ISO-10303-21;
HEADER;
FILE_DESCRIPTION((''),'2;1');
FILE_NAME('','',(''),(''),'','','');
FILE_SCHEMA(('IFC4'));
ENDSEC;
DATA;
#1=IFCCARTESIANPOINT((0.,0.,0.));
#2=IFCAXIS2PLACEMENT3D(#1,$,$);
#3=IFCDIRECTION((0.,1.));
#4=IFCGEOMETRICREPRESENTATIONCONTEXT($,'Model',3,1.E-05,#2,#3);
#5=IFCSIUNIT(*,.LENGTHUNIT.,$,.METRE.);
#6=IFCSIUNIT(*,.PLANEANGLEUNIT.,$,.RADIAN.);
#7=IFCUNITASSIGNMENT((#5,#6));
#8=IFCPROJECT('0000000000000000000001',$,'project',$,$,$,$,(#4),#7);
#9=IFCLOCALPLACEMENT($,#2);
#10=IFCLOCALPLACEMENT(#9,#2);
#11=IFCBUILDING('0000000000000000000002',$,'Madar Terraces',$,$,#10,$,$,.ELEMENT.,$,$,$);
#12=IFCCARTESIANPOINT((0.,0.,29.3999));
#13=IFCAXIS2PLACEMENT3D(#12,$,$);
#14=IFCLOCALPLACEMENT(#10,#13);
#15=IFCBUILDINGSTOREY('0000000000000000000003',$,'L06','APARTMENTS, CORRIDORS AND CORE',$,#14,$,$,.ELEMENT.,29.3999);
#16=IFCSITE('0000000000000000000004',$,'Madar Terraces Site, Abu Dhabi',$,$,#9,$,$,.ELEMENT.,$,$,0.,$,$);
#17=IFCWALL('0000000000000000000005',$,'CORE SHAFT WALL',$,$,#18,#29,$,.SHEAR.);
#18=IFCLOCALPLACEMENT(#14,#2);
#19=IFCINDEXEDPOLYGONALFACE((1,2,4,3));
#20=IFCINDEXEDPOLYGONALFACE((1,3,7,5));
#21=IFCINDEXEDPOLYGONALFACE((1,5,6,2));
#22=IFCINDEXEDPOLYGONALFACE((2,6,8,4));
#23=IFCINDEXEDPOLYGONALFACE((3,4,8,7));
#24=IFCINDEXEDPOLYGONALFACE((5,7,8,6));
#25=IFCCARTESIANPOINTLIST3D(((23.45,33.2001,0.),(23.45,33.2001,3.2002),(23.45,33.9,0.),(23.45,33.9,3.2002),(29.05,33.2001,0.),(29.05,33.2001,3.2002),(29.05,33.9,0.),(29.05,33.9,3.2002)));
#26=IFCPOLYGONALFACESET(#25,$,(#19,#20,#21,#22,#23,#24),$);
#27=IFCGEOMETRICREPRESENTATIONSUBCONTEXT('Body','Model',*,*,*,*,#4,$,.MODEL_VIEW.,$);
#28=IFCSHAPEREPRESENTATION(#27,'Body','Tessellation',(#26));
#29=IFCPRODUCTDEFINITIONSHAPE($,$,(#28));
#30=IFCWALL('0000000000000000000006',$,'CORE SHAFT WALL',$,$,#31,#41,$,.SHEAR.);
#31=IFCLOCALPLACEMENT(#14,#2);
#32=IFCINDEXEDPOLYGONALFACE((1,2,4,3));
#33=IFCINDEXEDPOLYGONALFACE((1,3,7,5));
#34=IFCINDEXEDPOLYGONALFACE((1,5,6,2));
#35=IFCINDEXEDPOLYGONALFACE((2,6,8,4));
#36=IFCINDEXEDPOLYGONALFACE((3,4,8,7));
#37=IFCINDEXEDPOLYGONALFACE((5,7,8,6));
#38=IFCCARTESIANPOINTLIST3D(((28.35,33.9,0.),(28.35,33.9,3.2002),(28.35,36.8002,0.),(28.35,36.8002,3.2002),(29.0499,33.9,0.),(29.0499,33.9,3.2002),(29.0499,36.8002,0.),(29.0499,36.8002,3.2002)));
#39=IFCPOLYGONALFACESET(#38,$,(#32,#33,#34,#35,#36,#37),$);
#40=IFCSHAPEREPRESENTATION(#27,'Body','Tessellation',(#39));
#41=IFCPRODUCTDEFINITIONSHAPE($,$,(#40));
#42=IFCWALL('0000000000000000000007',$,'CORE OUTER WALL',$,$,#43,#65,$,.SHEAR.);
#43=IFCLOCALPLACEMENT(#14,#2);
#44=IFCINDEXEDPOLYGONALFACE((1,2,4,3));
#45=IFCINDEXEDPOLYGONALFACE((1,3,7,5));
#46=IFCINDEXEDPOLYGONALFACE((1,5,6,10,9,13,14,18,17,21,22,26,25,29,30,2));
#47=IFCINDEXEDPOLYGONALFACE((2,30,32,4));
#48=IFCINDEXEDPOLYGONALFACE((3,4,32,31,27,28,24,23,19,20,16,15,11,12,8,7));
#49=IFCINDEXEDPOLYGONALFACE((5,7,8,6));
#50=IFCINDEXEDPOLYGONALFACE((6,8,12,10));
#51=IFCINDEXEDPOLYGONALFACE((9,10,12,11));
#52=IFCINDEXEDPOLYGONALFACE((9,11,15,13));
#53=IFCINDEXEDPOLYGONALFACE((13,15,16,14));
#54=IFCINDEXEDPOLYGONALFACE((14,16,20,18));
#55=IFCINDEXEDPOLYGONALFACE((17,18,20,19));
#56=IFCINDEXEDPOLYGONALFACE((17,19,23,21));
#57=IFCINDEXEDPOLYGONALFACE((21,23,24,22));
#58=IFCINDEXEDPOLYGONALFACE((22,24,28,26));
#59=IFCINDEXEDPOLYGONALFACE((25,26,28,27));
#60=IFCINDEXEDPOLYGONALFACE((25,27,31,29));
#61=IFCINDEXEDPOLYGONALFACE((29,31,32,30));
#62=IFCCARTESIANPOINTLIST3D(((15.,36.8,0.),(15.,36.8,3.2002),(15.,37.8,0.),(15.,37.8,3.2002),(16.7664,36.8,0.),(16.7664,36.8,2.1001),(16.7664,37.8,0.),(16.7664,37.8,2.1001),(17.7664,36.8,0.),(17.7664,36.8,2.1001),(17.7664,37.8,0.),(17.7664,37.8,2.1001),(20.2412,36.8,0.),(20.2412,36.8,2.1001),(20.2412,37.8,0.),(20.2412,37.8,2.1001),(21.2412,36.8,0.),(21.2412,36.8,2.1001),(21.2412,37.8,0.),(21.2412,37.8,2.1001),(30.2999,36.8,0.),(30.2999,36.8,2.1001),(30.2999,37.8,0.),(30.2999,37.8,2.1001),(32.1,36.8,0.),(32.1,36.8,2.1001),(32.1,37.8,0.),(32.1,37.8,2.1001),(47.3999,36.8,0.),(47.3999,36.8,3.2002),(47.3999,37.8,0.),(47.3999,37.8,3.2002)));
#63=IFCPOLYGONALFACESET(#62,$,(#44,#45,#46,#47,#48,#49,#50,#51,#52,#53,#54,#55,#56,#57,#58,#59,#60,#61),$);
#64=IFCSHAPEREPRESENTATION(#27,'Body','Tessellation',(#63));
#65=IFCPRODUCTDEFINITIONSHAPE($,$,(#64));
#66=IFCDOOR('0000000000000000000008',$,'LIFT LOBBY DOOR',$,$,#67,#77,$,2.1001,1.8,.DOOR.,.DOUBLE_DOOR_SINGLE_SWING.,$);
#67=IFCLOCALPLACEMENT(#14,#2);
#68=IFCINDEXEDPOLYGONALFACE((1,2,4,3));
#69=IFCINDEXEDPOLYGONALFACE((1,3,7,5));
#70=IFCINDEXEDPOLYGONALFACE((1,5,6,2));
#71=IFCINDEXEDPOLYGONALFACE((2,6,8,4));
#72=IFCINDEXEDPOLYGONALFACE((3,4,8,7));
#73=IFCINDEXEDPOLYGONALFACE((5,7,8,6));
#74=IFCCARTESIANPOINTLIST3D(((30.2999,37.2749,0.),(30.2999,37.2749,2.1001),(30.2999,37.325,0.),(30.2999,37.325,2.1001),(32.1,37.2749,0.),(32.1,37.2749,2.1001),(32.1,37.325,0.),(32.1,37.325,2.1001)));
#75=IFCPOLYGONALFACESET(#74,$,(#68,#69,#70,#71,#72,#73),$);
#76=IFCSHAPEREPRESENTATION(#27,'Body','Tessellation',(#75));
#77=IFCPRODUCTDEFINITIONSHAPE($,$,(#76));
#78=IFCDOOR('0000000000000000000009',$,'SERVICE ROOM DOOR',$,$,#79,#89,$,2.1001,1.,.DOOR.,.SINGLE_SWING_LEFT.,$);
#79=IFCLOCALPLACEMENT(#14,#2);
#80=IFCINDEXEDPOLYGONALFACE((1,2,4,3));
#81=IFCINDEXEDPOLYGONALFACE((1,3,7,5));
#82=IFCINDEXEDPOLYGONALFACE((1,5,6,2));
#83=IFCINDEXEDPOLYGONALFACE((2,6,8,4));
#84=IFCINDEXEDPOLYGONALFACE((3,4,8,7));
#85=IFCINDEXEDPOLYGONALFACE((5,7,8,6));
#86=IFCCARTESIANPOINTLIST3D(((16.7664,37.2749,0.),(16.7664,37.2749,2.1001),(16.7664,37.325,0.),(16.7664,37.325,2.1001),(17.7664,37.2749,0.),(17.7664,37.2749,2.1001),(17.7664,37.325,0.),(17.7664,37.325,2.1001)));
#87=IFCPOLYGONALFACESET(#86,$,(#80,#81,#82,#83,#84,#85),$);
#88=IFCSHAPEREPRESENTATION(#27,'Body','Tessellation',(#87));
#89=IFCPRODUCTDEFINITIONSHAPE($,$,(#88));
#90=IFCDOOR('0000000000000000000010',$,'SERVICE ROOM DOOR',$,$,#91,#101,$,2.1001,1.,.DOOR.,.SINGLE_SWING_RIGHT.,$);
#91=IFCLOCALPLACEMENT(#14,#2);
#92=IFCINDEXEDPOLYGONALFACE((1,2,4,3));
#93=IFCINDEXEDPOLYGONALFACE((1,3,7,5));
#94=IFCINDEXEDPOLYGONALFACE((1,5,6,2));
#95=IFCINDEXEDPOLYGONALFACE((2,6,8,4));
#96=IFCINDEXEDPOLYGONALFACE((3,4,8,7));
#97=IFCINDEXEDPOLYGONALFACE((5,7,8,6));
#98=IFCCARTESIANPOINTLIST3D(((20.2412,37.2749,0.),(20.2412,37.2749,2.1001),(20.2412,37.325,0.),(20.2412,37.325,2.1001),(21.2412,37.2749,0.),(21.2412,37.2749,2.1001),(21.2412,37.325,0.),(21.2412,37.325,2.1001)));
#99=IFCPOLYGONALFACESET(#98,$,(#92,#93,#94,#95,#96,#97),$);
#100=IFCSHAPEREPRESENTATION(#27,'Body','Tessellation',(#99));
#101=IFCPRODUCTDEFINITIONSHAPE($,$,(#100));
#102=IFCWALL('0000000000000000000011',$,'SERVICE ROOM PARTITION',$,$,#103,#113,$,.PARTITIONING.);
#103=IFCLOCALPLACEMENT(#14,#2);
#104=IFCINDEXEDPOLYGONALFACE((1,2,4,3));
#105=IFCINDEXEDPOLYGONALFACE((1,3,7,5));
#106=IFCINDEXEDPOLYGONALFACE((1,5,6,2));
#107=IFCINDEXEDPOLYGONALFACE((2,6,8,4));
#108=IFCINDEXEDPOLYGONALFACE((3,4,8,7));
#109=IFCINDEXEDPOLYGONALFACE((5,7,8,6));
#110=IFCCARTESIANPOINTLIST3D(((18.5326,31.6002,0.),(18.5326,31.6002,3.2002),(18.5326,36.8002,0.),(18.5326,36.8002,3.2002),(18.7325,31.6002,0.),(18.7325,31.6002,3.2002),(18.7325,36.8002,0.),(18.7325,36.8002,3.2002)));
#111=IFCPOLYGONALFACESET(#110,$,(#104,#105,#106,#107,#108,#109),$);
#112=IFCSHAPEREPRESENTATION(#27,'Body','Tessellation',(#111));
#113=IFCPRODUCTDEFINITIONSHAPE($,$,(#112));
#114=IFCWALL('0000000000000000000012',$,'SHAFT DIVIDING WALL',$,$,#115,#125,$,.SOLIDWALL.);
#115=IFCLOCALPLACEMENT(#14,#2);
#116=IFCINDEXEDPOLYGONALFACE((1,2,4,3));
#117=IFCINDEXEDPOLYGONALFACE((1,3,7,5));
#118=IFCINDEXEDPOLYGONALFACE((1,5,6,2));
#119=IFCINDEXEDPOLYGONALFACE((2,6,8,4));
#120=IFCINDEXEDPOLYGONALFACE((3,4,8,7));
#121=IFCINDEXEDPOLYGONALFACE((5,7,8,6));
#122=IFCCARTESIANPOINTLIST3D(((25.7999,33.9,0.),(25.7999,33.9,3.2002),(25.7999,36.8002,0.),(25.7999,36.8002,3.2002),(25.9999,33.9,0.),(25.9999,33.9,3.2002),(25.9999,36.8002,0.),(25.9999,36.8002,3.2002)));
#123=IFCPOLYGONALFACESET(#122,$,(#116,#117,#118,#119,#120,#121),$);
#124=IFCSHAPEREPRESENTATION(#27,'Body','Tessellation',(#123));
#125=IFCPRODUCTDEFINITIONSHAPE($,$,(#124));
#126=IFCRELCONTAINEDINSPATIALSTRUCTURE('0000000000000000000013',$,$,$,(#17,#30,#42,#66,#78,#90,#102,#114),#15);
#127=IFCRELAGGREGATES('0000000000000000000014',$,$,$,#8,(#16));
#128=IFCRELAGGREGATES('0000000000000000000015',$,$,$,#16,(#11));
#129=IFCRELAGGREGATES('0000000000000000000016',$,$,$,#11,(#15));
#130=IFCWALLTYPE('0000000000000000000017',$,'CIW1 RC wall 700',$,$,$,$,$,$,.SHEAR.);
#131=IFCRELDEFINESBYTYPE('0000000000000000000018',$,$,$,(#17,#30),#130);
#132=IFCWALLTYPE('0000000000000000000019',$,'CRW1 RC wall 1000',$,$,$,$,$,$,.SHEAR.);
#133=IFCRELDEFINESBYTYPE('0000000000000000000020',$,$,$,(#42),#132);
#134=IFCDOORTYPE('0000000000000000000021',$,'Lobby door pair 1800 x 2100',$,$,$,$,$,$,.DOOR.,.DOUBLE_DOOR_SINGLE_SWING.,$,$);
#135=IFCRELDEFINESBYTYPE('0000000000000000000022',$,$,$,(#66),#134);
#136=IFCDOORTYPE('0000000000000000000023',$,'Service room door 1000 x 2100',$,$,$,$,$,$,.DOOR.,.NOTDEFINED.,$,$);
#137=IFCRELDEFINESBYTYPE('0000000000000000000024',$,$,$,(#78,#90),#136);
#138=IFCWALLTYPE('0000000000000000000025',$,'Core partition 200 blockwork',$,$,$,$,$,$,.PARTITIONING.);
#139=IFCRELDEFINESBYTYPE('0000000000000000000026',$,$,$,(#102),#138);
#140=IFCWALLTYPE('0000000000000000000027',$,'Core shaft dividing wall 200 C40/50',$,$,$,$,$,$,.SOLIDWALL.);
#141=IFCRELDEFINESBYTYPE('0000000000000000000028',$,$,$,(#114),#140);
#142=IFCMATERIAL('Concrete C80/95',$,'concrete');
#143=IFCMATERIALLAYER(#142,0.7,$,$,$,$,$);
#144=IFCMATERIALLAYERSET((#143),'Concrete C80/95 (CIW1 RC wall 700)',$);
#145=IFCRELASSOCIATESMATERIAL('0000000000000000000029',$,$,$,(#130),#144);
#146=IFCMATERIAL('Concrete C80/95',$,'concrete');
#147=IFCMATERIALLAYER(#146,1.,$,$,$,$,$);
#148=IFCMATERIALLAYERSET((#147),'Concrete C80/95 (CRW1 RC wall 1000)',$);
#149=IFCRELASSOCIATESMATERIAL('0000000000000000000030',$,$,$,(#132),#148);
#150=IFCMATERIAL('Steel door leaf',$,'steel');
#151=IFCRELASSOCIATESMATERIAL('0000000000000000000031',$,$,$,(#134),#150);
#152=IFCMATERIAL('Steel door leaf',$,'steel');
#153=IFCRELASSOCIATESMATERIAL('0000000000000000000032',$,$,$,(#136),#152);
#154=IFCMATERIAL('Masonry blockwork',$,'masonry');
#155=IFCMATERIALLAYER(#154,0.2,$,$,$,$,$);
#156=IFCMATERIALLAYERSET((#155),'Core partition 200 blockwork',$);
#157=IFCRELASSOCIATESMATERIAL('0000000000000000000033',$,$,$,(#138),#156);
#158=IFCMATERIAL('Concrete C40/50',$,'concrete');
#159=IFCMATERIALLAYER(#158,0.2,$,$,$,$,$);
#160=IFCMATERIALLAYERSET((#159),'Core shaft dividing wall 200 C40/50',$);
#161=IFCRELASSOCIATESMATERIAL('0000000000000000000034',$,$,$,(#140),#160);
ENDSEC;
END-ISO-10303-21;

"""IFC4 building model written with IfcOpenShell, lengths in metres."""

from ifc_helpers import new_model, si_unit, direction, frame, frame_2d, origin, place, context, subcontext, project, spatial, rectangle, extrude, material, layer, layer_set, type_object, element, fill, save


model = new_model("IFC4")

# Units and contexts
model_context = context("Model", 3, precision=1e-05, world=origin(), true_north=direction((0.0, 1.0)))
body_context = subcontext(model_context, "Body", "Model", "MODEL_VIEW")
ifc_project = project(units=[si_unit("LENGTHUNIT", "METRE"), si_unit("PLANEANGLEUNIT", "RADIAN")], contexts=[model_context])

# Site, building, storey
site_placement = place(None, origin())
site = spatial("IfcSite", under=ifc_project, at=site_placement, Name="Madar Terraces Site, Abu Dhabi", CompositionType="ELEMENT", RefElevation=0.0)
building_placement = place(site_placement, origin())
building = spatial("IfcBuilding", under=site, at=building_placement, Name="Madar Terraces", CompositionType="ELEMENT")
storey_placement = place(building_placement, frame((0.0, 0.0, 29.3999)))
storey = spatial("IfcBuildingStorey", under=building, at=storey_placement, Name="L06", Description="APARTMENTS, CORRIDORS AND CORE", CompositionType="ELEMENT", Elevation=29.3999)

# Walls
ifc_material_1 = material(Name="Concrete C80/95", Category="concrete")
ifc_layer_1 = layer(ifc_material_1, 0.7)
ifc_layer_set_1 = layer_set([ifc_layer_1], Name="Concrete C80/95 (CIW1 RC wall 700)")
wall_type_1 = type_object("IfcWallType", Name="CIW1 RC wall 700", PredefinedType="SHEAR", material=ifc_layer_set_1)
wall_1_placement = place(storey_placement, frame((23.45, 33.55, 0.0), z_axis=(0.0, 0.0, 1.0), x_axis=(1.0, 0.0, 0.0)))
element("IfcWall", 1, at=wall_1_placement, inside=storey, type_object=wall_type_1, Name="CORE SHAFT WALL", PredefinedType="SHEAR", context=body_context, shape_type="SweptSolid", body=[
    extrude(rectangle(XDim=5.6001, YDim=0.7, at=frame_2d((2.8, 0.0))), origin(), (0.0, 0.0, 1.0), 3.2002),
])
wall_2_placement = place(storey_placement, frame((28.7, 33.8999, 0.0), z_axis=(0.0, 0.0, 1.0), x_axis=(0.0, 1.0, 0.0)))
element("IfcWall", 2, at=wall_2_placement, inside=storey, type_object=wall_type_1, Name="CORE SHAFT WALL", PredefinedType="SHEAR", context=body_context, shape_type="SweptSolid", body=[
    extrude(rectangle(XDim=2.9001, YDim=0.7, at=frame_2d((1.4502, 0.0))), origin(), (0.0, 0.0, 1.0), 3.2002),
])

# Wall, openings, doors
ifc_material_2 = material(Name="Concrete C80/95", Category="concrete")
ifc_layer_2 = layer(ifc_material_2, 1.0)
ifc_layer_set_2 = layer_set([ifc_layer_2], Name="Concrete C80/95 (CRW1 RC wall 1000)")
wall_type_2 = type_object("IfcWallType", Name="CRW1 RC wall 1000", PredefinedType="SHEAR", material=ifc_layer_set_2)
wall_3_placement = place(storey_placement, frame((15.0, 37.3, 0.0), z_axis=(0.0, 0.0, 1.0), x_axis=(1.0, 0.0, 0.0)))
wall_3 = element("IfcWall", 3, at=wall_3_placement, inside=storey, type_object=wall_type_2, Name="CORE OUTER WALL", PredefinedType="SHEAR", context=body_context, shape_type="SweptSolid", body=[
    extrude(rectangle(XDim=32.3999, YDim=1.0, at=frame_2d((16.2, 0.0))), origin(), (0.0, 0.0, 1.0), 3.2002),
])
opening_1_placement = place(wall_3_placement, frame((15.3, 0.0, 0.0)))
opening_1 = element("IfcOpeningElement", 4, at=opening_1_placement, cuts=wall_3, PredefinedType="OPENING", context=body_context, shape_type="SweptSolid", body=[
    extrude(rectangle(XDim=1.8, YDim=2.1001, at=frame_2d((0.8999, 1.05))), frame((0.0, 0.51, 0.0), z_axis=(0.0, -1.0, 0.0), x_axis=(1.0, 0.0, 0.0)), (0.0, 0.0, 1.0), 1.02),
])
opening_2_placement = place(wall_3_placement, frame((1.7664, 0.0, 0.0)))
opening_2 = element("IfcOpeningElement", 5, at=opening_2_placement, cuts=wall_3, PredefinedType="OPENING", context=body_context, shape_type="SweptSolid", body=[
    extrude(rectangle(XDim=1.0, YDim=2.1001, at=frame_2d((0.5, 1.05))), frame((0.0, 0.51, 0.0), z_axis=(0.0, -1.0, 0.0), x_axis=(1.0, 0.0, 0.0)), (0.0, 0.0, 1.0), 1.02),
])
opening_3_placement = place(wall_3_placement, frame((5.2412, 0.0, 0.0)))
opening_3 = element("IfcOpeningElement", 6, at=opening_3_placement, cuts=wall_3, PredefinedType="OPENING", context=body_context, shape_type="SweptSolid", body=[
    extrude(rectangle(XDim=1.0, YDim=2.1001, at=frame_2d((0.5, 1.05))), frame((0.0, 0.51, 0.0), z_axis=(0.0, -1.0, 0.0), x_axis=(1.0, 0.0, 0.0)), (0.0, 0.0, 1.0), 1.02),
])
ifc_material_3 = material(Name="Steel door leaf", Category="steel")
door_type_1 = type_object("IfcDoorType", Name="Lobby door pair 1800 x 2100", OperationType="DOUBLE_DOOR_SINGLE_SWING", PredefinedType="DOOR", material=ifc_material_3)
door_1_placement = place(opening_1_placement, origin())
door_1 = element("IfcDoor", 7, at=door_1_placement, inside=storey, type_object=door_type_1, Name="LIFT LOBBY DOOR", OperationType="DOUBLE_DOOR_SINGLE_SWING", OverallHeight=2.1001, OverallWidth=1.8, PredefinedType="DOOR", context=body_context, shape_type="SweptSolid", body=[
    extrude(rectangle(XDim=1.8, YDim=2.1001, at=frame_2d((0.8999, 1.05))), frame((0.0, 0.0249, 0.0), z_axis=(0.0, -1.0, 0.0), x_axis=(1.0, 0.0, 0.0)), (0.0, 0.0, 1.0), 0.05),
])
fill(opening_1, door_1)
ifc_material_4 = material(Name="Steel door leaf", Category="steel")
door_type_2 = type_object("IfcDoorType", Name="Service room door 1000 x 2100", OperationType="NOTDEFINED", PredefinedType="DOOR", material=ifc_material_4)
door_2_placement = place(opening_2_placement, origin())
door_2 = element("IfcDoor", 8, at=door_2_placement, inside=storey, type_object=door_type_2, Name="SERVICE ROOM DOOR", OperationType="SINGLE_SWING_LEFT", OverallHeight=2.1001, OverallWidth=1.0, PredefinedType="DOOR", context=body_context, shape_type="SweptSolid", body=[
    extrude(rectangle(XDim=1.0, YDim=2.1001, at=frame_2d((0.5, 1.05))), frame((0.0, 0.0249, 0.0), z_axis=(0.0, -1.0, 0.0), x_axis=(1.0, 0.0, 0.0)), (0.0, 0.0, 1.0), 0.05),
])
fill(opening_2, door_2)
door_3_placement = place(opening_3_placement, origin())
door_3 = element("IfcDoor", 9, at=door_3_placement, inside=storey, type_object=door_type_2, Name="SERVICE ROOM DOOR", OperationType="SINGLE_SWING_RIGHT", OverallHeight=2.1001, OverallWidth=1.0, PredefinedType="DOOR", context=body_context, shape_type="SweptSolid", body=[
    extrude(rectangle(XDim=1.0, YDim=2.1001, at=frame_2d((0.5, 1.05))), frame((0.0, 0.0249, 0.0), z_axis=(0.0, -1.0, 0.0), x_axis=(1.0, 0.0, 0.0)), (0.0, 0.0, 1.0), 0.05),
])
fill(opening_3, door_3)

# Walls
ifc_material_5 = material(Name="Masonry blockwork", Category="masonry")
ifc_layer_3 = layer(ifc_material_5, 0.2)
ifc_layer_set_3 = layer_set([ifc_layer_3], Name="Core partition 200 blockwork")
wall_type_3 = type_object("IfcWallType", Name="Core partition 200 blockwork", PredefinedType="PARTITIONING", material=ifc_layer_set_3)
wall_4_placement = place(storey_placement, frame((18.6326, 31.6001, 0.0), z_axis=(0.0, 0.0, 1.0), x_axis=(0.0, 1.0, 0.0)))
element("IfcWall", 10, at=wall_4_placement, inside=storey, type_object=wall_type_3, Name="SERVICE ROOM PARTITION", PredefinedType="PARTITIONING", context=body_context, shape_type="SweptSolid", body=[
    extrude(rectangle(XDim=5.2, YDim=0.2, at=frame_2d((2.6001, 0.0))), origin(), (0.0, 0.0, 1.0), 3.2002),
])
ifc_material_6 = material(Name="Concrete C40/50", Category="concrete")
ifc_layer_4 = layer(ifc_material_6, 0.2)
ifc_layer_set_4 = layer_set([ifc_layer_4], Name="Core shaft dividing wall 200 C40/50")
wall_type_4 = type_object("IfcWallType", Name="Core shaft dividing wall 200 C40/50", PredefinedType="SOLIDWALL", material=ifc_layer_set_4)
wall_5_placement = place(storey_placement, frame((25.8999, 33.8999, 0.0), z_axis=(0.0, 0.0, 1.0), x_axis=(0.0, 1.0, 0.0)))
element("IfcWall", 11, at=wall_5_placement, inside=storey, type_object=wall_type_4, Name="SHAFT DIVIDING WALL", PredefinedType="SOLIDWALL", context=body_context, shape_type="SweptSolid", body=[
    extrude(rectangle(XDim=2.9001, YDim=0.2, at=frame_2d((1.4502, 0.0))), origin(), (0.0, 0.0, 1.0), 3.2002),
])

save(model, "model.ifc")
